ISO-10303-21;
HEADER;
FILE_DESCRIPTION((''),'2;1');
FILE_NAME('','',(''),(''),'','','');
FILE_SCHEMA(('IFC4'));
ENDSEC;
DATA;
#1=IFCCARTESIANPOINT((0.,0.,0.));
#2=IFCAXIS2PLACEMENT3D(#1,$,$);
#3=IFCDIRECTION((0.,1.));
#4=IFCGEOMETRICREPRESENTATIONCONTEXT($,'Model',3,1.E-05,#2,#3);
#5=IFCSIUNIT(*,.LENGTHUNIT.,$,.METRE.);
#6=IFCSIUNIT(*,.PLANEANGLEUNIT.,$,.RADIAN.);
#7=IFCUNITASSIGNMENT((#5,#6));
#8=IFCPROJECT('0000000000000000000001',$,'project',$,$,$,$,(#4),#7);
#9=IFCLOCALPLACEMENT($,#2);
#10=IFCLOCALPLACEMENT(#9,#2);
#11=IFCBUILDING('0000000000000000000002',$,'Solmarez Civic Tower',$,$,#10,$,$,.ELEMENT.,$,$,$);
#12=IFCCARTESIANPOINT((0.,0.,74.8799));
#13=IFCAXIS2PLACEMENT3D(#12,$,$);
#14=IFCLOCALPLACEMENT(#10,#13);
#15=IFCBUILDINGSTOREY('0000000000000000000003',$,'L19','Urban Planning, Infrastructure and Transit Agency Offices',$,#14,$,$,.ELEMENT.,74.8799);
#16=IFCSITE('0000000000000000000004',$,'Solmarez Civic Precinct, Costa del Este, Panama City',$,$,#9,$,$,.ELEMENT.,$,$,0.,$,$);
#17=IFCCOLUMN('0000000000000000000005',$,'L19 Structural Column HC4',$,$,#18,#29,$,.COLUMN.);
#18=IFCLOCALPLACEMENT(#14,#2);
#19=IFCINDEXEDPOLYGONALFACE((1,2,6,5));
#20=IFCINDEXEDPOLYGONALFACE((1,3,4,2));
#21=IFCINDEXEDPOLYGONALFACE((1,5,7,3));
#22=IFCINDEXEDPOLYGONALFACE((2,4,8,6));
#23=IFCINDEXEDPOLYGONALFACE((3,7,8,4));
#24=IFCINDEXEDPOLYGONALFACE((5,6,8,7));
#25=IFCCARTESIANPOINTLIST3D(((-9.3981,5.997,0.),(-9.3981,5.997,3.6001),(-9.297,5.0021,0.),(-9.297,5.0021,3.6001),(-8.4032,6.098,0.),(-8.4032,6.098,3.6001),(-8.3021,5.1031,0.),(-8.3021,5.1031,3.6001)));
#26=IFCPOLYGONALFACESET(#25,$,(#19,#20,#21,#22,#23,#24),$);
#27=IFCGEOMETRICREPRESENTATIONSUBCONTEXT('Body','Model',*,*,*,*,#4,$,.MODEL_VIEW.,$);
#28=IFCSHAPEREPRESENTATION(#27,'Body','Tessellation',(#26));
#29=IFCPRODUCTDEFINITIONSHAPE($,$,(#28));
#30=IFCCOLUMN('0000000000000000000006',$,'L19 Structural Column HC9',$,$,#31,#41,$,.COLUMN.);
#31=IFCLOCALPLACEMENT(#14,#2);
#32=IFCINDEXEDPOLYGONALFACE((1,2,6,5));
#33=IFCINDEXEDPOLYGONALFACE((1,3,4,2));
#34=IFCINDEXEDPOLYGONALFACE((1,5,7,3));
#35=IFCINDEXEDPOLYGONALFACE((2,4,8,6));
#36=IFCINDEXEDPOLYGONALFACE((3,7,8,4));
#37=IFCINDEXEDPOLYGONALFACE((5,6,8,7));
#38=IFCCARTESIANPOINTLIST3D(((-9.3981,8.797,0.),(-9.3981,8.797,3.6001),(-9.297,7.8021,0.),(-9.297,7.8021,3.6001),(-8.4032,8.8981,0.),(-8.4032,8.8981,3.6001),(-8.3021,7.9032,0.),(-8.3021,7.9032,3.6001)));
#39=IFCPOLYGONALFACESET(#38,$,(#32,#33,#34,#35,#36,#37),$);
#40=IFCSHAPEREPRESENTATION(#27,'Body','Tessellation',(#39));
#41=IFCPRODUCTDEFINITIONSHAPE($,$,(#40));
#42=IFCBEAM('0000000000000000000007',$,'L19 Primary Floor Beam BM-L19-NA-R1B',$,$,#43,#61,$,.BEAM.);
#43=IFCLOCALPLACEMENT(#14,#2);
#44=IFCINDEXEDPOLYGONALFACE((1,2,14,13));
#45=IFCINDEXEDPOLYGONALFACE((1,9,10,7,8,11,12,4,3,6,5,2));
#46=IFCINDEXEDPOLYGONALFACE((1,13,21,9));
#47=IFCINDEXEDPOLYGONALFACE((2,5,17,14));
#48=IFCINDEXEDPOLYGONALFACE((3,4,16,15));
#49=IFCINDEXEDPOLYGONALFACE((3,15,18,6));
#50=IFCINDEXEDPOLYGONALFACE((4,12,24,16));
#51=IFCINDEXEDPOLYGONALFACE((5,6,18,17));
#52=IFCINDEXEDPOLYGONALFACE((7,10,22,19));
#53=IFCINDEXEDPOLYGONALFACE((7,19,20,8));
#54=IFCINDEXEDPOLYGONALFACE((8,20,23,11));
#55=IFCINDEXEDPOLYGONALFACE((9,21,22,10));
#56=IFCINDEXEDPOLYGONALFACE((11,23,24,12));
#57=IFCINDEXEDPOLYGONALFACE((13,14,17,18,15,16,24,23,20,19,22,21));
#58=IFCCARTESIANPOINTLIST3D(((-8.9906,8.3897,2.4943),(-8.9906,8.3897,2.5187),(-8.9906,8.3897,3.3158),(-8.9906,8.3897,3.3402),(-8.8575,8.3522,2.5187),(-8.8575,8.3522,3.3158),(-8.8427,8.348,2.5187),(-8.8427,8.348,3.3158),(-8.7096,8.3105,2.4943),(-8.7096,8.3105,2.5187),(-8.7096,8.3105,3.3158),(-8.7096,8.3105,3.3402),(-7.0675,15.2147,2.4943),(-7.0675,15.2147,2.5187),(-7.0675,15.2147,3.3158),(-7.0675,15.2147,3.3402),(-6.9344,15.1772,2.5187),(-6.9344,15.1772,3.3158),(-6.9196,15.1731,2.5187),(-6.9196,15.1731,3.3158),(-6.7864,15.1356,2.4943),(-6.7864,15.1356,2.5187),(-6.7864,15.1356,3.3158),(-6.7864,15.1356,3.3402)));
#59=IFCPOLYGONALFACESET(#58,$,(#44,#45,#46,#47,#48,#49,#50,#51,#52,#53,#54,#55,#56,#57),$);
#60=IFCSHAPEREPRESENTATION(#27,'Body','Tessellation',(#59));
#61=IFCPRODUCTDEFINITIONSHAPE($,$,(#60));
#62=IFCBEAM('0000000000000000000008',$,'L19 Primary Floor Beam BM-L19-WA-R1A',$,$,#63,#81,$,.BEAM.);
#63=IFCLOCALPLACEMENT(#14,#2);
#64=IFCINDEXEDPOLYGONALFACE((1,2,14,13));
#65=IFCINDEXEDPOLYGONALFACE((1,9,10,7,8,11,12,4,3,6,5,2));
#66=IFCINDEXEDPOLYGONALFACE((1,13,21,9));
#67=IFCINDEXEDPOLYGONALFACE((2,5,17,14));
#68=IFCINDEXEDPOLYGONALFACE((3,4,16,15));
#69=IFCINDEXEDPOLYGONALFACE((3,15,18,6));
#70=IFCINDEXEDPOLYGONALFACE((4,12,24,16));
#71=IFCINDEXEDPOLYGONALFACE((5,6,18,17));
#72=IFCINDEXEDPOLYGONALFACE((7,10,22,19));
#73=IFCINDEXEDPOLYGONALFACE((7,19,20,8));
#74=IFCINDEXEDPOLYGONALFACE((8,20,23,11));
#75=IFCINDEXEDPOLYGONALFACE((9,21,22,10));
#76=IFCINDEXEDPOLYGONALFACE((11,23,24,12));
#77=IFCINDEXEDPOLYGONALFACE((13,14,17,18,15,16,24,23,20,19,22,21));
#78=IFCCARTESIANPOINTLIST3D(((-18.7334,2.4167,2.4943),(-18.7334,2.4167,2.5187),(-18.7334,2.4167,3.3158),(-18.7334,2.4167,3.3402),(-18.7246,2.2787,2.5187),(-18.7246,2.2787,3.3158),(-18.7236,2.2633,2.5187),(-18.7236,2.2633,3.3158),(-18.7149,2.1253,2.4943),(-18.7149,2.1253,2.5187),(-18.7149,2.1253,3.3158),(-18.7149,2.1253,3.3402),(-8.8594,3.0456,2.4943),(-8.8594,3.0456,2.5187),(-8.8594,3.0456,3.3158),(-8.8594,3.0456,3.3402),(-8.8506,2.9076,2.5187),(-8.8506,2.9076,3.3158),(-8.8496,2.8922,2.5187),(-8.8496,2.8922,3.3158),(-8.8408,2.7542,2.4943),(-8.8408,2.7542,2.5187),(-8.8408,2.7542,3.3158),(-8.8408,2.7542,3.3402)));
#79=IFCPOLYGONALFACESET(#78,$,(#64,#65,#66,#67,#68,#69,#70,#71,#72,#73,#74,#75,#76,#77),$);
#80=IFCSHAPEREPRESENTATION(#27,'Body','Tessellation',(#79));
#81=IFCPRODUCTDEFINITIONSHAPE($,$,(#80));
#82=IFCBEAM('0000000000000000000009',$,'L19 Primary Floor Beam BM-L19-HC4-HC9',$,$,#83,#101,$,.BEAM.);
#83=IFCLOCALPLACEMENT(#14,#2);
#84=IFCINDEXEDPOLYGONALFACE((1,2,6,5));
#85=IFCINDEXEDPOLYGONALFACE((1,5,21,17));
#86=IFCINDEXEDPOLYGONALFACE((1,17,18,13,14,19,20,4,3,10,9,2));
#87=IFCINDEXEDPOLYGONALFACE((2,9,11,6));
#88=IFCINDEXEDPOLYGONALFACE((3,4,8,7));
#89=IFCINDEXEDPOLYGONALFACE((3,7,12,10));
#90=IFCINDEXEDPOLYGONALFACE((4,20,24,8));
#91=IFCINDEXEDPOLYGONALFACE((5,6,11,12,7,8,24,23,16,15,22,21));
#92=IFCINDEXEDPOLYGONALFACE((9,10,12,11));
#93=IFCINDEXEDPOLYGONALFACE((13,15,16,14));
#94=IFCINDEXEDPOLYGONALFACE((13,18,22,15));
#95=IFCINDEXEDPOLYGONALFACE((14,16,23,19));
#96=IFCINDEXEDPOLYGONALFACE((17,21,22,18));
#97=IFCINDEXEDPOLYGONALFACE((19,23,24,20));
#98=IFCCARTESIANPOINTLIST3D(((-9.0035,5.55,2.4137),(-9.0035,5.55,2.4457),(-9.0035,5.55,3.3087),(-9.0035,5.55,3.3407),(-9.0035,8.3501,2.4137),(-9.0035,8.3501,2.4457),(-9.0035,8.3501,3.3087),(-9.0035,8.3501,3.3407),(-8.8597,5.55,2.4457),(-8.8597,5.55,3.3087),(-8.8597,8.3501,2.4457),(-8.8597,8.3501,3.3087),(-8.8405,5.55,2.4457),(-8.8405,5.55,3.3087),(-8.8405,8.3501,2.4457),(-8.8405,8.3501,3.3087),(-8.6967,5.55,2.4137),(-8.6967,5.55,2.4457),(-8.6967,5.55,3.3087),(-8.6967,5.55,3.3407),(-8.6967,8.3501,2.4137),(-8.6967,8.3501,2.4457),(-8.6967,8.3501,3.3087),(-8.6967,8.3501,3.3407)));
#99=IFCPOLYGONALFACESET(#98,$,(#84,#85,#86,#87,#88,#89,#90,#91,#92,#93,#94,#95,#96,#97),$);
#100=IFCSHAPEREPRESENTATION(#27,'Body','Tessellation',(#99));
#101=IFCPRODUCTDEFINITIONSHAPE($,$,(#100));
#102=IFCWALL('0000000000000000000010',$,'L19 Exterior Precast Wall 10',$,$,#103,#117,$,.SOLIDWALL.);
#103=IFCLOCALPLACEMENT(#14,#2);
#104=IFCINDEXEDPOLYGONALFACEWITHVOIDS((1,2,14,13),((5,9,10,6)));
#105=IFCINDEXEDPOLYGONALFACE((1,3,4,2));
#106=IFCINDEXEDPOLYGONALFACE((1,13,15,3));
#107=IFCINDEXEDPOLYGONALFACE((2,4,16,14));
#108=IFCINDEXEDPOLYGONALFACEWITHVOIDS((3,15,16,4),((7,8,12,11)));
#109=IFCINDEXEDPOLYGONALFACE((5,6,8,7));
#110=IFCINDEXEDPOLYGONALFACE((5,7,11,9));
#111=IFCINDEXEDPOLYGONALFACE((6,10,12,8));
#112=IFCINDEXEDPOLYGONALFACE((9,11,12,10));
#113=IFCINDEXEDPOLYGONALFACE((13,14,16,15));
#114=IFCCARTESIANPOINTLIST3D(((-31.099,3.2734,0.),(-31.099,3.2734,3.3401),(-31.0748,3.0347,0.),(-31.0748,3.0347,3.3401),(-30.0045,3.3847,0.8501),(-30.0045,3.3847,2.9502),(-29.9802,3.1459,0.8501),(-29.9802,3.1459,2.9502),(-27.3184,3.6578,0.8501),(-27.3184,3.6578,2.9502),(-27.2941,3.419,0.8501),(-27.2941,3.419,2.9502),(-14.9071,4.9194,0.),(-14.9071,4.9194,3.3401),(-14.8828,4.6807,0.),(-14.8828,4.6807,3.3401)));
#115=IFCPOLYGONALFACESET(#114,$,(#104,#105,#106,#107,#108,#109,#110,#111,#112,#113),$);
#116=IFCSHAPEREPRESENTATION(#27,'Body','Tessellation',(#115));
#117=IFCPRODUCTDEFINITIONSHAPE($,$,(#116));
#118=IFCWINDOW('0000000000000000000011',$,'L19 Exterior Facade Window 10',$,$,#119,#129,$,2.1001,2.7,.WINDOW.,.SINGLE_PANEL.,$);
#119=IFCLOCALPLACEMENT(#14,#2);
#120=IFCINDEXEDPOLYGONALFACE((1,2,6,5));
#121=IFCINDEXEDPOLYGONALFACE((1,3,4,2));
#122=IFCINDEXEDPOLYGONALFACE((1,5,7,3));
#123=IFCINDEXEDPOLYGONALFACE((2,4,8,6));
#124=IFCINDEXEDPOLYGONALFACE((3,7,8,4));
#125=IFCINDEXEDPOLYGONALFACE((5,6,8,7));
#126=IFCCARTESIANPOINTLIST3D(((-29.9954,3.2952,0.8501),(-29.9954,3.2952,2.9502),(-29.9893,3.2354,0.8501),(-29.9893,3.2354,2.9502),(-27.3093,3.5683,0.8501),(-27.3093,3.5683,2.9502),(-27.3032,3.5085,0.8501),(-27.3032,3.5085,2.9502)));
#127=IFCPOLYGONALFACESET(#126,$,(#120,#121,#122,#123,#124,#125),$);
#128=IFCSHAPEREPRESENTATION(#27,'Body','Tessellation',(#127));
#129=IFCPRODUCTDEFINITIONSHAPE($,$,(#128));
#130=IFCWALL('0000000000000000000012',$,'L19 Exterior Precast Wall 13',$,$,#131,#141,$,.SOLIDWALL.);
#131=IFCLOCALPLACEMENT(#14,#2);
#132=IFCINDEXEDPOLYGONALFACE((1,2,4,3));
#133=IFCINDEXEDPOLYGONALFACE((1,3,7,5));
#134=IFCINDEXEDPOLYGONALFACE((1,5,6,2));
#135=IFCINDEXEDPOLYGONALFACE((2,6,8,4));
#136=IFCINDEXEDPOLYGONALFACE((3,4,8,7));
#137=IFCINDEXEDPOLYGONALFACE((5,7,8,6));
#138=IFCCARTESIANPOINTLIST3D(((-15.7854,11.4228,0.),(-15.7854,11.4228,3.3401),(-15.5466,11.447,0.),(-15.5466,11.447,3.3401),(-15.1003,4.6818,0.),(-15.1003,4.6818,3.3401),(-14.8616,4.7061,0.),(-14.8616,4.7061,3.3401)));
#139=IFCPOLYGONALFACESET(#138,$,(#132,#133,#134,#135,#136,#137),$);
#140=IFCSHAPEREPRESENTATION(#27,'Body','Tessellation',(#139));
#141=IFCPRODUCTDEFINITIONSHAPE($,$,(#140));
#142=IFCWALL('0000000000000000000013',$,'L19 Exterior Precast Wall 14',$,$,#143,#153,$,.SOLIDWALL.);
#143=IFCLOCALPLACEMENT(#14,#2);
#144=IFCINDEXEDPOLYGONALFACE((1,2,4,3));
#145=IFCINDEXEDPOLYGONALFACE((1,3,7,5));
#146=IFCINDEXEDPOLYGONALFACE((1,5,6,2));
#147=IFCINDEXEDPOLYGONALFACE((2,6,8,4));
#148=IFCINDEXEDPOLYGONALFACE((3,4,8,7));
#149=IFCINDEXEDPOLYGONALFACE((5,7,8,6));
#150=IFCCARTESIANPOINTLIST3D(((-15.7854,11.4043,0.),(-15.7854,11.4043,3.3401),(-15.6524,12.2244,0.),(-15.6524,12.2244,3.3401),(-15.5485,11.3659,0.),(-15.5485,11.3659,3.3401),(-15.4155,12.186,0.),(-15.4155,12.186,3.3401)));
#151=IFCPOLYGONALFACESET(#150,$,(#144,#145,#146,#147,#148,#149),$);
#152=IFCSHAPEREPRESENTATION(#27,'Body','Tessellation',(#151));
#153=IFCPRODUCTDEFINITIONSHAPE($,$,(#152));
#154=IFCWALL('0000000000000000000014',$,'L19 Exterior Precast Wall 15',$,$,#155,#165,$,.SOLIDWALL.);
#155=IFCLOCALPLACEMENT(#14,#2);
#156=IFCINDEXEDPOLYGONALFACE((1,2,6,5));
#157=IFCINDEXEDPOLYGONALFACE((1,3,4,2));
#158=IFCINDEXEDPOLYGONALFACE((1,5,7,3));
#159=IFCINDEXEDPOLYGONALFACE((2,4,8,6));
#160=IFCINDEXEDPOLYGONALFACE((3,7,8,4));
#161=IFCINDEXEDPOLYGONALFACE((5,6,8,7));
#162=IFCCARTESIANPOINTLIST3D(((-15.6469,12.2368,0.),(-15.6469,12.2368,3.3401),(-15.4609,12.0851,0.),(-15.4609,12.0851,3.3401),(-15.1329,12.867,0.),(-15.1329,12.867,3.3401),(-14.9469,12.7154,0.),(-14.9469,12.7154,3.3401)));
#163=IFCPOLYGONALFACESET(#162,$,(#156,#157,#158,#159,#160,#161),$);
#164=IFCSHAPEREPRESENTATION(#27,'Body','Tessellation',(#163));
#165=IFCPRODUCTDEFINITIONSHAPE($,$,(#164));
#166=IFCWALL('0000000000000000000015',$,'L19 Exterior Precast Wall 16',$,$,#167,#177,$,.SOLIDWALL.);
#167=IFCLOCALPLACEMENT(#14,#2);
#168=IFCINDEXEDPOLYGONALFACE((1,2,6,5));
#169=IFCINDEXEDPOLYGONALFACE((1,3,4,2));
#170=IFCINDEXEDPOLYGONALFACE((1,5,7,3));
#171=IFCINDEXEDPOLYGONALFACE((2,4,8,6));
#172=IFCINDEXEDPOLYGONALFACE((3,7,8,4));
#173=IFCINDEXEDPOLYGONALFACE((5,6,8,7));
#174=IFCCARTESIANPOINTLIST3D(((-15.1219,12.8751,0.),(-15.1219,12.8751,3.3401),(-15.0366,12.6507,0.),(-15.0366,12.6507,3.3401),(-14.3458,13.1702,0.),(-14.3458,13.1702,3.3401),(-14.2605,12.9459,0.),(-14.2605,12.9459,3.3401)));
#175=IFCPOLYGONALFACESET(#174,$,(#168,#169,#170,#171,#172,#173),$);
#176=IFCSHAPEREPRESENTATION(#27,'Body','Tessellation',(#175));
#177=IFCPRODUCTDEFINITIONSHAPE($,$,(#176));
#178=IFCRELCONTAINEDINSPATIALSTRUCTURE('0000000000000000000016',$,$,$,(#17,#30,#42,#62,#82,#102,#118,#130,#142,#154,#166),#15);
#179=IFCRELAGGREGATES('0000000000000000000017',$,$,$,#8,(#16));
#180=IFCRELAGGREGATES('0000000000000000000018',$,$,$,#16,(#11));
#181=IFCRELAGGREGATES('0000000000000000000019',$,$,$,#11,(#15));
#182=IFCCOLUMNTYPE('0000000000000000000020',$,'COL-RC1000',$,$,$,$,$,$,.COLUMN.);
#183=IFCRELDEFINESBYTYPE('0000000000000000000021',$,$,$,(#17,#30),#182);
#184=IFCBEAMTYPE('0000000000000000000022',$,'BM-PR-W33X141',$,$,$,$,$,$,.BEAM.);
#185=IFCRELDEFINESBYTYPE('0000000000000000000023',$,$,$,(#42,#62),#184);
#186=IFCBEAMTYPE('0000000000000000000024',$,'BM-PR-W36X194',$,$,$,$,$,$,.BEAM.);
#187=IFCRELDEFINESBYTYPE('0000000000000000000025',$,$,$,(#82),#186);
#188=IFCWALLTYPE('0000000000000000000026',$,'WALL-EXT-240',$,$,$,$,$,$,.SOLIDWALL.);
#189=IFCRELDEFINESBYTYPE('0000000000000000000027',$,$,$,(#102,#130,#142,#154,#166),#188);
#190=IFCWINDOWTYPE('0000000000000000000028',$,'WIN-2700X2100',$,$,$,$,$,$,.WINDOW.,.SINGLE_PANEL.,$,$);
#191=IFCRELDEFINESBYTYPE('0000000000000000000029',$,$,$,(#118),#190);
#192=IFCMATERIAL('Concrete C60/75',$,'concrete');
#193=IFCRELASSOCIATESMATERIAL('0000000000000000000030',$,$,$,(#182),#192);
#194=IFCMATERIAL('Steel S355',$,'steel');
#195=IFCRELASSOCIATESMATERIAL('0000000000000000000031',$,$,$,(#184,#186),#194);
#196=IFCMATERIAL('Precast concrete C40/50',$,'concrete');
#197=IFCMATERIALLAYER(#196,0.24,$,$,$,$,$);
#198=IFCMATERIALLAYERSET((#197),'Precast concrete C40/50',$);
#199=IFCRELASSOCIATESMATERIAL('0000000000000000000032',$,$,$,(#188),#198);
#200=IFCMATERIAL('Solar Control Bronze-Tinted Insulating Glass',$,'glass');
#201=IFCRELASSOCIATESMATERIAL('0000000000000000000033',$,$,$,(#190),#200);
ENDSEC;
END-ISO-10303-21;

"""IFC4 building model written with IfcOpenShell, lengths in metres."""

from ifc_helpers import new_model, si_unit, direction, frame, frame_2d, origin, origin_2d, place, context, subcontext, project, spatial, rectangle, i_section, extrude, material, layer, layer_set, material_profile, profile_set, type_object, element, fill, save


model = new_model("IFC4")

# Units and contexts
model_context = context("Model", 3, precision=1e-05, world=origin(), true_north=direction((0.0, 1.0)))
body_context = subcontext(model_context, "Body", "Model", "MODEL_VIEW")
ifc_project = project(units=[si_unit("LENGTHUNIT", "METRE"), si_unit("PLANEANGLEUNIT", "RADIAN")], contexts=[model_context])

# Site, building, storey
site_placement = place(None, origin())
site = spatial("IfcSite", under=ifc_project, at=site_placement, Name="Solmarez Civic Precinct, Costa del Este, Panama City", CompositionType="ELEMENT", RefElevation=0.0)
building_placement = place(site_placement, origin())
building = spatial("IfcBuilding", under=site, at=building_placement, Name="Solmarez Civic Tower", CompositionType="ELEMENT")
storey_placement = place(building_placement, frame((0.0, 0.0, 74.8799)))
storey = spatial("IfcBuildingStorey", under=building, at=storey_placement, Name="L19", Description="Urban Planning, Infrastructure and Transit Agency Offices", CompositionType="ELEMENT", Elevation=74.8799)

# Columns
ifc_material_1 = material(Name="Concrete C60/75", Category="concrete")
ifc_material_profile_1 = material_profile(ifc_material_1, rectangle(XDim=1.0, YDim=1.0, at=origin_2d()), Name="RC1000X1000")
ifc_profile_set_1 = profile_set([ifc_material_profile_1], Name="Concrete C60/75")
column_type = type_object("IfcColumnType", Name="COL-RC1000", PredefinedType="COLUMN", material=ifc_profile_set_1)
for number, where, z_axis, x_axis, name in (
    (1, (-8.8501, 5.55, 0.0), (0.0, 0.0, 1.0), (0.994881, 0.101056, 0.0), "L19 Structural Column HC4"),
    (2, (-8.8501, 8.3501, 0.0), (0.0, 0.0, 1.0), (0.994881, 0.101056, 0.0), "L19 Structural Column HC9"),
):
    element("IfcColumn", number, at=place(storey_placement, frame(where, z_axis=z_axis, x_axis=x_axis)), inside=storey, type_object=column_type, Name=name, PredefinedType="COLUMN", context=body_context, shape_type="SweptSolid", body=[
        extrude(rectangle(XDim=1.0, YDim=1.0, at=origin_2d()), origin(), (0.0, 0.0, 1.0), 3.6001),
    ])

# Beams
ifc_material_2 = material(Name="Steel S355", Category="steel")
ifc_material_profile_2 = material_profile(ifc_material_2, i_section(OverallWidth=0.292, OverallDepth=0.8459, WebThickness=0.0154, FlangeThickness=0.0244, at=origin_2d()), Name="W33X141")
ifc_profile_set_2 = profile_set([ifc_material_profile_2], Name="Steel S355")
beam_type_1 = type_object("IfcBeamType", Name="BM-PR-W33X141", PredefinedType="BEAM", material=ifc_profile_set_2)
beam_1_placement = place(storey_placement, frame((-8.8501, 8.3501, 2.9172), z_axis=(0.271213, 0.962519, 0.0), x_axis=(-0.962519, 0.271213, 0.0)))
element("IfcBeam", 3, at=beam_1_placement, inside=storey, type_object=beam_type_1, Name="L19 Primary Floor Beam BM-L19-NA-R1B", PredefinedType="BEAM", context=body_context, shape_type="SweptSolid", body=[
    extrude(i_section(OverallWidth=0.292, OverallDepth=0.8459, WebThickness=0.0154, FlangeThickness=0.0244, at=origin_2d()), origin(), (0.0, 0.0, 1.0), 7.0908),
])
beam_2_placement = place(storey_placement, frame((-8.8501, 2.8999, 2.9172), z_axis=(-0.997978, -0.063564, 0.0), x_axis=(0.063564, -0.997978, 0.0)))
element("IfcBeam", 4, at=beam_2_placement, inside=storey, type_object=beam_type_1, Name="L19 Primary Floor Beam BM-L19-WA-R1A", PredefinedType="BEAM", context=body_context, shape_type="SweptSolid", body=[
    extrude(i_section(OverallWidth=0.292, OverallDepth=0.8459, WebThickness=0.0154, FlangeThickness=0.0244, at=origin_2d()), origin(), (0.0, 0.0, 1.0), 9.894),
])
ifc_material_profile_3 = material_profile(ifc_material_2, i_section(OverallWidth=0.3069, OverallDepth=0.927, WebThickness=0.0193, FlangeThickness=0.032, at=origin_2d()), Name="W36X194")
ifc_profile_set_3 = profile_set([ifc_material_profile_3], Name="Steel S355")
beam_type_2 = type_object("IfcBeamType", Name="BM-PR-W36X194", PredefinedType="BEAM", material=ifc_profile_set_3)
beam_3_placement = place(storey_placement, frame((-8.8501, 5.55, 2.8772), z_axis=(0.0, 1.0, 0.0), x_axis=(-1.0, 0.0, 0.0)))
element("IfcBeam", 5, at=beam_3_placement, inside=storey, type_object=beam_type_2, Name="L19 Primary Floor Beam BM-L19-HC4-HC9", PredefinedType="BEAM", context=body_context, shape_type="SweptSolid", body=[
    extrude(i_section(OverallWidth=0.3069, OverallDepth=0.927, WebThickness=0.0193, FlangeThickness=0.032, at=origin_2d()), origin(), (0.0, 0.0, 1.0), 2.8),
])

# Wall, opening, window
ifc_material_3 = material(Name="Precast concrete C40/50", Category="concrete")
ifc_layer_1 = layer(ifc_material_3, 0.24)
ifc_layer_set_1 = layer_set([ifc_layer_1], Name="Precast concrete C40/50")
wall_type_1 = type_object("IfcWallType", Name="WALL-EXT-240", PredefinedType="SOLIDWALL", material=ifc_layer_set_1)
wall_1_placement = place(storey_placement, frame((-31.0869, 3.1541, 0.0), z_axis=(0.0, 0.0, 1.0), x_axis=(0.994873, 0.101134, 0.0)))
wall_1 = element("IfcWall", 6, at=wall_1_placement, inside=storey, type_object=wall_type_1, Name="L19 Exterior Precast Wall 10", PredefinedType="SOLIDWALL", context=body_context, shape_type="SweptSolid", body=[
    extrude(rectangle(XDim=16.2754, YDim=0.24, at=frame_2d((8.1377, 0.0))), origin(), (0.0, 0.0, 1.0), 3.3401),
])
opening_placement = place(wall_1_placement, frame((1.1001, 0.0, 0.8501)))
opening = element("IfcOpeningElement", 7, at=opening_placement, cuts=wall_1, PredefinedType="OPENING", context=body_context, shape_type="SweptSolid", body=[
    extrude(rectangle(XDim=2.7, YDim=2.1001, at=frame_2d((1.3501, 1.05))), frame((0.0, 0.1299, 0.0), z_axis=(0.0, -1.0, 0.0), x_axis=(1.0, 0.0, 0.0)), (0.0, 0.0, 1.0), 0.26),
])
ifc_material_4 = material(Name="Solar Control Bronze-Tinted Insulating Glass", Category="glass")
window_type = type_object("IfcWindowType", Name="WIN-2700X2100", PartitioningType="SINGLE_PANEL", PredefinedType="WINDOW", material=ifc_material_4)
window_placement = place(opening_placement, origin())
window = element("IfcWindow", 8, at=window_placement, inside=storey, type_object=window_type, Name="L19 Exterior Facade Window 10", OverallHeight=2.1001, OverallWidth=2.7, PartitioningType="SINGLE_PANEL", PredefinedType="WINDOW", context=body_context, shape_type="SweptSolid", body=[
    extrude(rectangle(XDim=2.7, YDim=2.1001, at=frame_2d((1.3501, 1.05))), frame((0.0, 0.03, 0.0), z_axis=(0.0, -1.0, 0.0), x_axis=(1.0, 0.0, 0.0)), (0.0, 0.0, 1.0), 0.0601),
])
fill(opening, window)

# Walls
wall_2_placement = place(storey_placement, frame((-14.981, 4.6941, 0.0), z_axis=(0.0, 0.0, 1.0), x_axis=(-0.101105, 0.994876, 0.0)))
element("IfcWall", 9, at=wall_2_placement, inside=storey, type_object=wall_type_1, Name="L19 Exterior Precast Wall 13", PredefinedType="SOLIDWALL", context=body_context, shape_type="SweptSolid", body=[
    extrude(rectangle(XDim=6.7756, YDim=0.24, at=frame_2d((3.3877, 0.0))), origin(), (0.0, 0.0, 1.0), 3.3401),
])
wall_3_placement = place(storey_placement, frame((-15.667, 11.385, 0.0), z_axis=(0.0, 0.0, 1.0), x_axis=(0.160156, 0.987092, 0.0)))
element("IfcWall", 10, at=wall_3_placement, inside=storey, type_object=wall_type_1, Name="L19 Exterior Precast Wall 14", PredefinedType="SOLIDWALL", context=body_context, shape_type="SweptSolid", body=[
    extrude(rectangle(XDim=0.8308, YDim=0.24, at=frame_2d((0.4155, 0.0))), origin(), (0.0, 0.0, 1.0), 3.3401),
])
wall_4_placement = place(storey_placement, frame((-15.554, 12.1609, 0.0), z_axis=(0.0, 0.0, 1.0), x_axis=(0.632027, 0.774946, 0.0)))
element("IfcWall", 11, at=wall_4_placement, inside=storey, type_object=wall_type_1, Name="L19 Exterior Precast Wall 15", PredefinedType="SOLIDWALL", context=body_context, shape_type="SweptSolid", body=[
    extrude(rectangle(XDim=0.8132, YDim=0.24, at=frame_2d((0.4067, 0.0))), origin(), (0.0, 0.0, 1.0), 3.3401),
])
wall_5_placement = place(storey_placement, frame((-15.0791, 12.7629, 0.0), z_axis=(0.0, 0.0, 1.0), x_axis=(0.934688, 0.35547, 0.0)))
element("IfcWall", 12, at=wall_5_placement, inside=storey, type_object=wall_type_1, Name="L19 Exterior Precast Wall 16", PredefinedType="SOLIDWALL", context=body_context, shape_type="SweptSolid", body=[
    extrude(rectangle(XDim=0.8303, YDim=0.24, at=frame_2d((0.415, 0.0))), origin(), (0.0, 0.0, 1.0), 3.3401),
])

save(model, "model.ifc")
